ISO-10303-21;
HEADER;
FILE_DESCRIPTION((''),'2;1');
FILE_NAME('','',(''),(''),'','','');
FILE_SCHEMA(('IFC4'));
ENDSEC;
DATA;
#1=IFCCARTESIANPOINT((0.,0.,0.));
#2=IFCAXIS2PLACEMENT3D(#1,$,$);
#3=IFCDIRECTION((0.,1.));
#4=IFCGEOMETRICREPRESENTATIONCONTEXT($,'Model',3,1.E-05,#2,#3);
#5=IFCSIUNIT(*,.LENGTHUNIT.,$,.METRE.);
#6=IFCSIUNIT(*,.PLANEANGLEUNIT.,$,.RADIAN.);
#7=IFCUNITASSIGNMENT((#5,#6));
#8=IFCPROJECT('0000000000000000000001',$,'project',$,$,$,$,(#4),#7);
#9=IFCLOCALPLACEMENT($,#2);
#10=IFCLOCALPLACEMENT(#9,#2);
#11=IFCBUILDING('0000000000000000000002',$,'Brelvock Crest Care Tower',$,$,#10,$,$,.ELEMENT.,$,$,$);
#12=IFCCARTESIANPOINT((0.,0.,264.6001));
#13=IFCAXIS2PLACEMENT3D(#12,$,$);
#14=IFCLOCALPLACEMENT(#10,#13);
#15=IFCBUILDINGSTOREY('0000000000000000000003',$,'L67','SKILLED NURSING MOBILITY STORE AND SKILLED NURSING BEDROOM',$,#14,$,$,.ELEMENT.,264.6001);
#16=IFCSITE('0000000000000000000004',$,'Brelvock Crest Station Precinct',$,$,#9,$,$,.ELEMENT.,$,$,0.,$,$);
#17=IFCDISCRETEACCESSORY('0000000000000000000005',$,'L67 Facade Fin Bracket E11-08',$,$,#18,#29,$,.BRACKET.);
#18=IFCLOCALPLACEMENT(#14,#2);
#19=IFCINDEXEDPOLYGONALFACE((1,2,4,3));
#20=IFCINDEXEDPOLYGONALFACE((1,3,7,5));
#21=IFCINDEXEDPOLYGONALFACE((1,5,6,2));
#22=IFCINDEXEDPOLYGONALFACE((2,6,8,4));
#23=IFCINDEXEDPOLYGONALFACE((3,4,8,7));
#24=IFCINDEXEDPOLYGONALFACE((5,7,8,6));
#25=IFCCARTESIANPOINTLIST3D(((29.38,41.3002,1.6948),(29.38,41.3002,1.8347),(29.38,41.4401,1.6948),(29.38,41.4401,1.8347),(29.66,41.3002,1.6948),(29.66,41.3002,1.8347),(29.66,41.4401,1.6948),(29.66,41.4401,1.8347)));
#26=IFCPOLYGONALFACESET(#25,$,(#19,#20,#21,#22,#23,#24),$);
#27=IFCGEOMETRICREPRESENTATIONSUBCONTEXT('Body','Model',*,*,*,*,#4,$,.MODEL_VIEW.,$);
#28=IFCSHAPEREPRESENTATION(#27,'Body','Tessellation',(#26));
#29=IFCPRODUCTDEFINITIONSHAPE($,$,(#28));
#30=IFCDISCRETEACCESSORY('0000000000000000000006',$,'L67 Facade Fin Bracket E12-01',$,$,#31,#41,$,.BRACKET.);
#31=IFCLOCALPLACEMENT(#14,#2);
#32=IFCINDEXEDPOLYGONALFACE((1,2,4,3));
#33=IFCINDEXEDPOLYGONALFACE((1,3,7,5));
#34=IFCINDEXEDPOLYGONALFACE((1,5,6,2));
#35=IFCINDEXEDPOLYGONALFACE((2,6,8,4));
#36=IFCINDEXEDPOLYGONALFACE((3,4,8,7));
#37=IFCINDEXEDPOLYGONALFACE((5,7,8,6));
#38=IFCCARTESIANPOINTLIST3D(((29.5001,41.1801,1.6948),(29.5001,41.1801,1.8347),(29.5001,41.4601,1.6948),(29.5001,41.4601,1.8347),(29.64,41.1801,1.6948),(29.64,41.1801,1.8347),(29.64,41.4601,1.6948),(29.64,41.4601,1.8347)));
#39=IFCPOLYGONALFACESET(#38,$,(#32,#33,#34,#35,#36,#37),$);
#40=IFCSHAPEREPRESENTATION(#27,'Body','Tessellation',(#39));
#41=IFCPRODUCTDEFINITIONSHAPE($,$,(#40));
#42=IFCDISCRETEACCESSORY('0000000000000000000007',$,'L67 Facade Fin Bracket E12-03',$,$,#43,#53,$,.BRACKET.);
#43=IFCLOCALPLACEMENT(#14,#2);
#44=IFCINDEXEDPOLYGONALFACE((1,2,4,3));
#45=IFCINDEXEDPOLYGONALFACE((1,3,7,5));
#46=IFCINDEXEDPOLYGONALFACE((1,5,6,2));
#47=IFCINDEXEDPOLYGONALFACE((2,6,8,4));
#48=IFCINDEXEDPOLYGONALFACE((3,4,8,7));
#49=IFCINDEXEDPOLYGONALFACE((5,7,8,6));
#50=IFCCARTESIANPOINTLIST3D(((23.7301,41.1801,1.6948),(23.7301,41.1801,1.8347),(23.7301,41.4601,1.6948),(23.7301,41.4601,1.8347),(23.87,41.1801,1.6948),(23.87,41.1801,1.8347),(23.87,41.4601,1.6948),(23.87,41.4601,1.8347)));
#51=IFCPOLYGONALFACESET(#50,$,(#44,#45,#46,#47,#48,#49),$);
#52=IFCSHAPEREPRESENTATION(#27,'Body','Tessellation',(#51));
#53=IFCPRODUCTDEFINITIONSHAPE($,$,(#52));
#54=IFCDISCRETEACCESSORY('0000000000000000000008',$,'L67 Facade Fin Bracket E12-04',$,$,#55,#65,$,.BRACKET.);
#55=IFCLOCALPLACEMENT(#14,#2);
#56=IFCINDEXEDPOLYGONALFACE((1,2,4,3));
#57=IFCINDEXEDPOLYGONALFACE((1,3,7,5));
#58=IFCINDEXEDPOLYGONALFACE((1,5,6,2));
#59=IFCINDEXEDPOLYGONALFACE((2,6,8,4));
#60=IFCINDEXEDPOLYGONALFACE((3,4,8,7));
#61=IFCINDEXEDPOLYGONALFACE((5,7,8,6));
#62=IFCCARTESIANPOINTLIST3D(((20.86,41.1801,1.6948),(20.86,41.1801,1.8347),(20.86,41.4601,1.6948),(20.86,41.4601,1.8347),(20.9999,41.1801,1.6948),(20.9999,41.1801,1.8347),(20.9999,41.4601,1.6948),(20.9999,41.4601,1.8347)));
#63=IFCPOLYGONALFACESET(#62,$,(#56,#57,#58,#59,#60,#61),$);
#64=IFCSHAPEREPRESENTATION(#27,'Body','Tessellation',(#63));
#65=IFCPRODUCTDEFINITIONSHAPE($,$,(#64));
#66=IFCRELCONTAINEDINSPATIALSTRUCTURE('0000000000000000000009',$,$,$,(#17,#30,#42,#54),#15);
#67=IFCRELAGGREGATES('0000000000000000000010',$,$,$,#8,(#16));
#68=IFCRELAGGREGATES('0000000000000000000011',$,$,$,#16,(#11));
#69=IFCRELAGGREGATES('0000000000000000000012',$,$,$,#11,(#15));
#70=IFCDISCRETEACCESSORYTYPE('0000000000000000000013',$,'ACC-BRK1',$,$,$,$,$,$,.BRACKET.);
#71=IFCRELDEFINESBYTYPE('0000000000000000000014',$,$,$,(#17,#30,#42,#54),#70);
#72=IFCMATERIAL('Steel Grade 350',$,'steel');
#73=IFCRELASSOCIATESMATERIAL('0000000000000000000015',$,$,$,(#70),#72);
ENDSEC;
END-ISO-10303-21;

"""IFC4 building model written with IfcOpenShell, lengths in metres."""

from ifc_helpers import new_model, si_unit, direction, frame, origin, origin_2d, place, context, subcontext, project, spatial, rectangle, extrude, source, transform, mapped, material, type_object, element, save


model = new_model("IFC4")

# Units and contexts
model_context = context("Model", 3, precision=1e-05, world=origin(), true_north=direction((0.0, 1.0)))
body_context = subcontext(model_context, "Body", "Model", "MODEL_VIEW")
ifc_project = project(units=[si_unit("LENGTHUNIT", "METRE"), si_unit("PLANEANGLEUNIT", "RADIAN")], contexts=[model_context])

# Site, building, storey
site_placement = place(None, origin())
site = spatial("IfcSite", under=ifc_project, at=site_placement, Name="Brelvock Crest Station Precinct", CompositionType="ELEMENT", RefElevation=0.0)
building_placement = place(site_placement, origin())
building = spatial("IfcBuilding", under=site, at=building_placement, Name="Brelvock Crest Care Tower", CompositionType="ELEMENT")
storey_placement = place(building_placement, frame((0.0, 0.0, 264.6001)))
storey = spatial("IfcBuildingStorey", under=building, at=storey_placement, Name="L67", Description="SKILLED NURSING MOBILITY STORE AND SKILLED NURSING BEDROOM", CompositionType="ELEMENT", Elevation=264.6001)

# Shared definitions
ifc_material_1 = material(Name="Steel Grade 350", Category="steel")

# Discrete accessories
discrete_accessory_type = type_object("IfcDiscreteAccessoryType", Name="ACC-BRK1", PredefinedType="BRACKET", material=ifc_material_1)
shared_shape_1 = source(origin(), body_context, "Body", "SweptSolid", [
    extrude(rectangle(XDim=0.28, YDim=0.1399, at=origin_2d()), origin(), (0.0, 0.0, 1.0), 0.1399),
])
for number, where, z_axis, x_axis, name in (
    (1, (29.52, 41.3701, 1.6948), (0.0, 0.0, 1.0), (-1.0, 0.0, 0.0), "L67 Facade Fin Bracket E11-08"),
    (2, (29.5701, 41.3201, 1.6948), (0.0, 0.0, 1.0), (0.0, -1.0, 0.0), "L67 Facade Fin Bracket E12-01"),
    (3, (23.8, 41.3201, 1.6948), (0.0, 0.0, 1.0), (0.0, -1.0, 0.0), "L67 Facade Fin Bracket E12-03"),
    (4, (20.9299, 41.3201, 1.6948), (0.0, 0.0, 1.0), (0.0, -1.0, 0.0), "L67 Facade Fin Bracket E12-04"),
):
    element("IfcDiscreteAccessory", number, at=place(storey_placement, frame(where, z_axis=z_axis, x_axis=x_axis)), inside=storey, type_object=discrete_accessory_type, Name=name, PredefinedType="BRACKET", context=body_context, shape_type="MappedRepresentation", body=[
        mapped(shared_shape_1, transform((0.0, 0.0, 0.0), x_axis=(1.0, 0.0, 0.0), y_axis=(0.0, 1.0, 0.0), z_axis=(0.0, 0.0, 1.0), scale=1.0)),
    ])

save(model, "model.ifc")
